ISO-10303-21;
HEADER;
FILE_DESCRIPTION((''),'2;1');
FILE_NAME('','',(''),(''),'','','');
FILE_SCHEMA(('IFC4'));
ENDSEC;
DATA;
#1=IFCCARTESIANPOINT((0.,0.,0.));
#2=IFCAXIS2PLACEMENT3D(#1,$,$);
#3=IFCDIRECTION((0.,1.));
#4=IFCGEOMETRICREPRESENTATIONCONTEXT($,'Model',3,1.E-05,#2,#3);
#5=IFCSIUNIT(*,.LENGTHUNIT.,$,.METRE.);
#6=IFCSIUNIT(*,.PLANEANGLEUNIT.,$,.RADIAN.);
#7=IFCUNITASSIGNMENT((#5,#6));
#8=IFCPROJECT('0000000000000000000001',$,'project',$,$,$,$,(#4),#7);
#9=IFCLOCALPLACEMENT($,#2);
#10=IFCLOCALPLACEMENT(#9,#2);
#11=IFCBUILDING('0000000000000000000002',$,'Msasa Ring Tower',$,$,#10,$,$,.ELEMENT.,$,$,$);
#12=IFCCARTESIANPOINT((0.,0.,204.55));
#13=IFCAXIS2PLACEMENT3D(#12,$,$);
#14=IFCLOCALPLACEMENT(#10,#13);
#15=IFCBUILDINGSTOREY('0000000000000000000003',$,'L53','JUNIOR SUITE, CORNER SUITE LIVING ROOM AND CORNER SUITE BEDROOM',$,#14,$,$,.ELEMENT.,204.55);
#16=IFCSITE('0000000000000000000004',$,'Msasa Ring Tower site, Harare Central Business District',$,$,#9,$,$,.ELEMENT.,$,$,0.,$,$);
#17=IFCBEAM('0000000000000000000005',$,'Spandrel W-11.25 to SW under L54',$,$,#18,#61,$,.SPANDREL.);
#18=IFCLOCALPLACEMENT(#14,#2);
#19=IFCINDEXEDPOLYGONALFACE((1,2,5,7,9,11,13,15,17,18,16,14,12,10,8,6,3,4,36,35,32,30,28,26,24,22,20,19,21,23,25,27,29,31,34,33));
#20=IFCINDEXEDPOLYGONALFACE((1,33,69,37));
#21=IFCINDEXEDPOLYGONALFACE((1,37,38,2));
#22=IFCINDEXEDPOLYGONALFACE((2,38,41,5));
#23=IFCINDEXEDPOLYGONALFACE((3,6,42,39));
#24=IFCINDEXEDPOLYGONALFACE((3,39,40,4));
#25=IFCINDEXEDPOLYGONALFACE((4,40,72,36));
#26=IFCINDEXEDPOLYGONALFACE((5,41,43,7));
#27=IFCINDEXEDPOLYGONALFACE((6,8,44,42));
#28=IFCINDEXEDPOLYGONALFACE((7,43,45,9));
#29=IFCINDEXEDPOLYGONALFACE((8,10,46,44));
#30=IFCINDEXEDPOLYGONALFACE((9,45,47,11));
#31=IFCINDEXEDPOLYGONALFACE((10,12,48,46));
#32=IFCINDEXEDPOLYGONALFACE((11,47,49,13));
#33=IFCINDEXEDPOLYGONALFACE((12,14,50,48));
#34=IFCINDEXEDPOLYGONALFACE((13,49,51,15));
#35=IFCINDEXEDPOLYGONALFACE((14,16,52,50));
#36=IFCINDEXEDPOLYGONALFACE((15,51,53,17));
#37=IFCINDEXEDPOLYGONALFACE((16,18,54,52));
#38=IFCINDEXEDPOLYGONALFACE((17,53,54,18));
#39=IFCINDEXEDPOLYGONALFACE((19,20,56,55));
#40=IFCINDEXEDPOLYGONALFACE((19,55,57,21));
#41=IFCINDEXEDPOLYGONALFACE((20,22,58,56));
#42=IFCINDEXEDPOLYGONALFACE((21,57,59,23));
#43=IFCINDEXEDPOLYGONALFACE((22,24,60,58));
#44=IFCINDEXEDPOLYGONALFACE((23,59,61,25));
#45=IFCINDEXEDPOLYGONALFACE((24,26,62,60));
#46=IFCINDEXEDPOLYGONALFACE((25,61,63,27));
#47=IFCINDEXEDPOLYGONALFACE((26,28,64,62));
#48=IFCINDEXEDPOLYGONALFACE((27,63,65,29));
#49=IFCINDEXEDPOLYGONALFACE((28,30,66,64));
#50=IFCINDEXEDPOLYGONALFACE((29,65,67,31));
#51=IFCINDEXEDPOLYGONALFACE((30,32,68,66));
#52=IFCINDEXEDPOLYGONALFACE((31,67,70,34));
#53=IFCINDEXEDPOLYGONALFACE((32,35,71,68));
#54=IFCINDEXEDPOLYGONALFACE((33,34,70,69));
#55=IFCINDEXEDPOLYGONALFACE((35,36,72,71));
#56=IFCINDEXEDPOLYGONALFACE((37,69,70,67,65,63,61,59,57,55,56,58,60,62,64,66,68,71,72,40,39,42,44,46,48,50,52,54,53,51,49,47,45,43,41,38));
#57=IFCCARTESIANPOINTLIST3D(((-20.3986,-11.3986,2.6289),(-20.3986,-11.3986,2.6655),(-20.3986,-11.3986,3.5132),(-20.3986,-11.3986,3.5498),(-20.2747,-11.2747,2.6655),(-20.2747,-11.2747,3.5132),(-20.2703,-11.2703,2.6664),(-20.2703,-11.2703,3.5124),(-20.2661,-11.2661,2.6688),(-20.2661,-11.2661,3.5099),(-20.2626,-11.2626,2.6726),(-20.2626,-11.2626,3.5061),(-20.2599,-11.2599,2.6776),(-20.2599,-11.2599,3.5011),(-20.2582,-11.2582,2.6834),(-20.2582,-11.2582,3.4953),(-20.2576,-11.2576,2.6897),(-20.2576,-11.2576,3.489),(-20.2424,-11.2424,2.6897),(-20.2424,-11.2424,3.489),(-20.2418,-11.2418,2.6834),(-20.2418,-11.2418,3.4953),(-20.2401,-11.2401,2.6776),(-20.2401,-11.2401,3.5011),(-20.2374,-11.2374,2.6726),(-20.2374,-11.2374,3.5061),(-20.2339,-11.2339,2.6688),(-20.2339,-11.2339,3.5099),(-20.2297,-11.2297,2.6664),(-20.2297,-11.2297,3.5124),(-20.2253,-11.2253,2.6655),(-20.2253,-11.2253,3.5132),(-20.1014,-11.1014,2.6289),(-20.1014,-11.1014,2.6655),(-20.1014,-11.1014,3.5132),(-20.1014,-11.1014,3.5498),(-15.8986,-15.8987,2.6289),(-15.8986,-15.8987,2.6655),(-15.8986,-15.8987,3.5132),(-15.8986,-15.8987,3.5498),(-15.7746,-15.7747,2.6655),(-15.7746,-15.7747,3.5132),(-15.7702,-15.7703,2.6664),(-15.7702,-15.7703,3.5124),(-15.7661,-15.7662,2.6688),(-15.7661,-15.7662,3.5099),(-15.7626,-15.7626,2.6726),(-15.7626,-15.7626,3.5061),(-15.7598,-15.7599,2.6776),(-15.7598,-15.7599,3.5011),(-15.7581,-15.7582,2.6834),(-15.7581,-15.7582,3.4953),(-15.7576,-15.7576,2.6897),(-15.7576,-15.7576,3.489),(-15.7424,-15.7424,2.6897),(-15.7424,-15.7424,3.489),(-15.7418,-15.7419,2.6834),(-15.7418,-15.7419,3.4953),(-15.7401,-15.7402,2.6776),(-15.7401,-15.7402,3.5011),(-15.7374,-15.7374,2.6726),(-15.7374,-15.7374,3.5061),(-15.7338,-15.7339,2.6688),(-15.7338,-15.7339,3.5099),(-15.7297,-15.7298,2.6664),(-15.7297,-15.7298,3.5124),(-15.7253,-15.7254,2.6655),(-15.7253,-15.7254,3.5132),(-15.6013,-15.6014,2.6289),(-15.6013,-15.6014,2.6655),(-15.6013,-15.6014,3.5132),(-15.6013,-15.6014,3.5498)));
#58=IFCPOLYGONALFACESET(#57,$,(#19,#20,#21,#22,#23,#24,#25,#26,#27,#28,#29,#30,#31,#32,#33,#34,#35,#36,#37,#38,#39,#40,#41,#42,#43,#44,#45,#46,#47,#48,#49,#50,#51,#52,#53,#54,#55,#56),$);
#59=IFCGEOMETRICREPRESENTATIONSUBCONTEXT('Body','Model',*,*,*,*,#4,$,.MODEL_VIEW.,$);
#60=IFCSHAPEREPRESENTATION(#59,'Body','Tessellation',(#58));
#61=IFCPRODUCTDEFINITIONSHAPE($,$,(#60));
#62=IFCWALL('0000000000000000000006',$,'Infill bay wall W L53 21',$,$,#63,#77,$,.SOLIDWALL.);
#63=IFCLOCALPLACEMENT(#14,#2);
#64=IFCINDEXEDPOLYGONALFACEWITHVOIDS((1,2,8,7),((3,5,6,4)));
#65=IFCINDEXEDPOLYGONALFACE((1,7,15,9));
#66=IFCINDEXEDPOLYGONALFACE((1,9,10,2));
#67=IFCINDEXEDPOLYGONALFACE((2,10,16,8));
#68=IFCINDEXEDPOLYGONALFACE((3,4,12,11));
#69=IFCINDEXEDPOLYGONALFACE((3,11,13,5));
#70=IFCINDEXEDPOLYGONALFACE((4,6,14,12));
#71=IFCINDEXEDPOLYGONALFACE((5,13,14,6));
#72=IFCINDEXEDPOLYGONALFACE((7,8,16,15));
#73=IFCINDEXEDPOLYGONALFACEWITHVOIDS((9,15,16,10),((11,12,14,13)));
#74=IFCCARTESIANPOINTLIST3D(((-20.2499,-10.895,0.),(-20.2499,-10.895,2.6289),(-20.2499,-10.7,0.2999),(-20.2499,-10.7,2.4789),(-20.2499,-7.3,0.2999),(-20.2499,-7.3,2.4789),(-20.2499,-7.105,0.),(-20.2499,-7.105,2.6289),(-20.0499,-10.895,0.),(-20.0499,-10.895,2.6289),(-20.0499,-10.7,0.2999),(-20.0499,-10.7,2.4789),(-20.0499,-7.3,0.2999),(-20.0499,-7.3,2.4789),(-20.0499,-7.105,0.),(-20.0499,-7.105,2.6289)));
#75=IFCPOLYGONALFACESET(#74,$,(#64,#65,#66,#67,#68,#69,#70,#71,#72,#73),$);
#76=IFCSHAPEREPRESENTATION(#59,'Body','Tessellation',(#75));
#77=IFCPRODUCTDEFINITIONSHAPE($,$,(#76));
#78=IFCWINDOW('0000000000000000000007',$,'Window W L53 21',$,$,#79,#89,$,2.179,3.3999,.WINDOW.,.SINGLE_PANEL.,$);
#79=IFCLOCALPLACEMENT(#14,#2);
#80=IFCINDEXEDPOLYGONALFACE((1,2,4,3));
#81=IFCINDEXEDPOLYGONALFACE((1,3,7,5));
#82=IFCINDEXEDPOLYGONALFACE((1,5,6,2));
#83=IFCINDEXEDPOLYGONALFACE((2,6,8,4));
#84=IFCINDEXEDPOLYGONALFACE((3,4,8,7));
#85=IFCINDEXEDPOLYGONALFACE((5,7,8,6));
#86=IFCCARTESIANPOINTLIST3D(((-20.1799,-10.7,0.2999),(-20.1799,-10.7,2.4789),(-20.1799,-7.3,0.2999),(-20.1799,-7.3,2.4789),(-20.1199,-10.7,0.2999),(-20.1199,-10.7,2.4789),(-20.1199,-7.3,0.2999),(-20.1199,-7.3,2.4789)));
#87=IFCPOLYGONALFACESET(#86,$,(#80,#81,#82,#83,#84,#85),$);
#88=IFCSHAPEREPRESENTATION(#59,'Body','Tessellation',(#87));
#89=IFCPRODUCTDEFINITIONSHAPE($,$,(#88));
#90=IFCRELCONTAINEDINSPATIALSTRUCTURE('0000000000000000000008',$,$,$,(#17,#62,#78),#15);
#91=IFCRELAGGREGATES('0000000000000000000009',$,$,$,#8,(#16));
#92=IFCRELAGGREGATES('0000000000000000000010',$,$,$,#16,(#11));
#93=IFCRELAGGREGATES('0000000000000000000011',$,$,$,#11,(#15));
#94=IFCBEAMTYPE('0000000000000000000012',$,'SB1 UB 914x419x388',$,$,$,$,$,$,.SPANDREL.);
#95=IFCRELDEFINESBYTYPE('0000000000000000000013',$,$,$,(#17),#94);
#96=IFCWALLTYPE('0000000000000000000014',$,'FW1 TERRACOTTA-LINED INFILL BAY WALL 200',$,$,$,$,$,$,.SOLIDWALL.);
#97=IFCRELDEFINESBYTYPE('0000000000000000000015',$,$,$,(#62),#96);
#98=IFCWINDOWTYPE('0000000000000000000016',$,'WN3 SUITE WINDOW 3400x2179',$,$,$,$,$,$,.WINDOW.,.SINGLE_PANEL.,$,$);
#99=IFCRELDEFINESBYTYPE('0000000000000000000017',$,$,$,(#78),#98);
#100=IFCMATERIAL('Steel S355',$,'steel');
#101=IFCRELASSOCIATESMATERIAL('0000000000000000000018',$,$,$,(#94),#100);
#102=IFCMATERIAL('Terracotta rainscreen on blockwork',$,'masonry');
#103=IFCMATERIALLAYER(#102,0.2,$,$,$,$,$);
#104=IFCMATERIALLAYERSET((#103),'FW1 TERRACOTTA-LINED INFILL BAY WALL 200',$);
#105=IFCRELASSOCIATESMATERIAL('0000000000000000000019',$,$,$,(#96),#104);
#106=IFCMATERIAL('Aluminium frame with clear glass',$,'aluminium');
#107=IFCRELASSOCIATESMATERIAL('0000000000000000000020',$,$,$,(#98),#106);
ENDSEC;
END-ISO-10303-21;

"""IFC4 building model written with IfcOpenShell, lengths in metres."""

from ifc_helpers import new_model, si_unit, direction, frame, frame_2d, origin, origin_2d, place, context, subcontext, project, spatial, rectangle, i_section, extrude, material, layer, layer_set, material_profile, profile_set, type_object, element, fill, save


model = new_model("IFC4")

# Units and contexts
model_context = context("Model", 3, precision=1e-05, world=origin(), true_north=direction((0.0, 1.0)))
body_context = subcontext(model_context, "Body", "Model", "MODEL_VIEW")
ifc_project = project(units=[si_unit("LENGTHUNIT", "METRE"), si_unit("PLANEANGLEUNIT", "RADIAN")], contexts=[model_context])

# Site, building, storey
site_placement = place(None, origin())
site = spatial("IfcSite", under=ifc_project, at=site_placement, Name="Msasa Ring Tower site, Harare Central Business District", CompositionType="ELEMENT", RefElevation=0.0)
building_placement = place(site_placement, origin())
building = spatial("IfcBuilding", under=site, at=building_placement, Name="Msasa Ring Tower", CompositionType="ELEMENT")
storey_placement = place(building_placement, frame((0.0, 0.0, 204.55)))
storey = spatial("IfcBuildingStorey", under=building, at=storey_placement, Name="L53", Description="JUNIOR SUITE, CORNER SUITE LIVING ROOM AND CORNER SUITE BEDROOM", CompositionType="ELEMENT", Elevation=204.55)

# Beam
ifc_material_1 = material(Name="Steel S355", Category="steel")
ifc_material_profile_1 = material_profile(ifc_material_1, i_section(OverallWidth=0.4204, OverallDepth=0.9209, WebThickness=0.0215, FlangeThickness=0.0366, FilletRadius=0.0242, at=origin_2d()), Name="UB 914x419x388")
ifc_profile_set_1 = profile_set([ifc_material_profile_1], Name="Steel S355")
beam_type_1 = type_object("IfcBeamType", Name="SB1 UB 914x419x388", PredefinedType="SPANDREL", material=ifc_profile_set_1)
beam_1_placement = place(storey_placement, frame((-20.25, -11.25, 3.0894), z_axis=(0.707107, -0.707107, 0.0), x_axis=(0.707107, 0.707107, 0.0)))
element("IfcBeam", 1, at=beam_1_placement, inside=storey, type_object=beam_type_1, Name="Spandrel W-11.25 to SW under L54", PredefinedType="SPANDREL", context=body_context, shape_type="SweptSolid", body=[
    extrude(i_section(OverallWidth=0.4204, OverallDepth=0.9209, WebThickness=0.0215, FlangeThickness=0.0366, FilletRadius=0.0242, at=origin_2d()), origin(), (0.0, 0.0, 1.0), 6.364),
])

# Wall, opening, window
ifc_material_2 = material(Name="Terracotta rainscreen on blockwork", Category="masonry")
ifc_layer_1 = layer(ifc_material_2, 0.2)
ifc_layer_set_1 = layer_set([ifc_layer_1], Name="FW1 TERRACOTTA-LINED INFILL BAY WALL 200")
wall_type_1 = type_object("IfcWallType", Name="FW1 TERRACOTTA-LINED INFILL BAY WALL 200", PredefinedType="SOLIDWALL", material=ifc_layer_set_1)
wall_1_placement = place(storey_placement, frame((-20.1499, -10.895, 0.0), z_axis=(0.0, 0.0, 1.0), x_axis=(0.0, 1.0, 0.0)))
wall_1 = element("IfcWall", 2, at=wall_1_placement, inside=storey, type_object=wall_type_1, Name="Infill bay wall W L53 21", PredefinedType="SOLIDWALL", context=body_context, shape_type="SweptSolid", body=[
    extrude(rectangle(XDim=3.79, YDim=0.2, at=frame_2d((1.895, 0.0))), origin(), (0.0, 0.0, 1.0), 2.6289),
])
opening_1_placement = place(wall_1_placement, frame((0.1951, 0.0, 0.3)))
opening_1 = element("IfcOpeningElement", 3, at=opening_1_placement, cuts=wall_1, PredefinedType="OPENING", context=body_context, shape_type="SweptSolid", body=[
    extrude(rectangle(XDim=3.3999, YDim=2.179, at=frame_2d((1.7, 1.0894))), frame((0.0, 0.1099, 0.0), z_axis=(0.0, -1.0, 0.0), x_axis=(1.0, 0.0, 0.0)), (0.0, 0.0, 1.0), 0.22),
])
ifc_material_3 = material(Name="Aluminium frame with clear glass", Category="aluminium")
window_type = type_object("IfcWindowType", Name="WN3 SUITE WINDOW 3400x2179", PartitioningType="SINGLE_PANEL", PredefinedType="WINDOW", material=ifc_material_3)
window_placement = place(opening_1_placement, origin())
window = element("IfcWindow", 4, at=window_placement, inside=storey, type_object=window_type, Name="Window W L53 21", OverallHeight=2.179, OverallWidth=3.3999, PartitioningType="SINGLE_PANEL", PredefinedType="WINDOW", context=body_context, shape_type="SweptSolid", body=[
    extrude(rectangle(XDim=3.3999, YDim=2.179, at=frame_2d((1.7, 1.0894))), frame((0.0, 0.03, 0.0), z_axis=(0.0, -1.0, 0.0), x_axis=(1.0, 0.0, 0.0)), (0.0, 0.0, 1.0), 0.0601),
])
fill(opening_1, window)

save(model, "model.ifc")
